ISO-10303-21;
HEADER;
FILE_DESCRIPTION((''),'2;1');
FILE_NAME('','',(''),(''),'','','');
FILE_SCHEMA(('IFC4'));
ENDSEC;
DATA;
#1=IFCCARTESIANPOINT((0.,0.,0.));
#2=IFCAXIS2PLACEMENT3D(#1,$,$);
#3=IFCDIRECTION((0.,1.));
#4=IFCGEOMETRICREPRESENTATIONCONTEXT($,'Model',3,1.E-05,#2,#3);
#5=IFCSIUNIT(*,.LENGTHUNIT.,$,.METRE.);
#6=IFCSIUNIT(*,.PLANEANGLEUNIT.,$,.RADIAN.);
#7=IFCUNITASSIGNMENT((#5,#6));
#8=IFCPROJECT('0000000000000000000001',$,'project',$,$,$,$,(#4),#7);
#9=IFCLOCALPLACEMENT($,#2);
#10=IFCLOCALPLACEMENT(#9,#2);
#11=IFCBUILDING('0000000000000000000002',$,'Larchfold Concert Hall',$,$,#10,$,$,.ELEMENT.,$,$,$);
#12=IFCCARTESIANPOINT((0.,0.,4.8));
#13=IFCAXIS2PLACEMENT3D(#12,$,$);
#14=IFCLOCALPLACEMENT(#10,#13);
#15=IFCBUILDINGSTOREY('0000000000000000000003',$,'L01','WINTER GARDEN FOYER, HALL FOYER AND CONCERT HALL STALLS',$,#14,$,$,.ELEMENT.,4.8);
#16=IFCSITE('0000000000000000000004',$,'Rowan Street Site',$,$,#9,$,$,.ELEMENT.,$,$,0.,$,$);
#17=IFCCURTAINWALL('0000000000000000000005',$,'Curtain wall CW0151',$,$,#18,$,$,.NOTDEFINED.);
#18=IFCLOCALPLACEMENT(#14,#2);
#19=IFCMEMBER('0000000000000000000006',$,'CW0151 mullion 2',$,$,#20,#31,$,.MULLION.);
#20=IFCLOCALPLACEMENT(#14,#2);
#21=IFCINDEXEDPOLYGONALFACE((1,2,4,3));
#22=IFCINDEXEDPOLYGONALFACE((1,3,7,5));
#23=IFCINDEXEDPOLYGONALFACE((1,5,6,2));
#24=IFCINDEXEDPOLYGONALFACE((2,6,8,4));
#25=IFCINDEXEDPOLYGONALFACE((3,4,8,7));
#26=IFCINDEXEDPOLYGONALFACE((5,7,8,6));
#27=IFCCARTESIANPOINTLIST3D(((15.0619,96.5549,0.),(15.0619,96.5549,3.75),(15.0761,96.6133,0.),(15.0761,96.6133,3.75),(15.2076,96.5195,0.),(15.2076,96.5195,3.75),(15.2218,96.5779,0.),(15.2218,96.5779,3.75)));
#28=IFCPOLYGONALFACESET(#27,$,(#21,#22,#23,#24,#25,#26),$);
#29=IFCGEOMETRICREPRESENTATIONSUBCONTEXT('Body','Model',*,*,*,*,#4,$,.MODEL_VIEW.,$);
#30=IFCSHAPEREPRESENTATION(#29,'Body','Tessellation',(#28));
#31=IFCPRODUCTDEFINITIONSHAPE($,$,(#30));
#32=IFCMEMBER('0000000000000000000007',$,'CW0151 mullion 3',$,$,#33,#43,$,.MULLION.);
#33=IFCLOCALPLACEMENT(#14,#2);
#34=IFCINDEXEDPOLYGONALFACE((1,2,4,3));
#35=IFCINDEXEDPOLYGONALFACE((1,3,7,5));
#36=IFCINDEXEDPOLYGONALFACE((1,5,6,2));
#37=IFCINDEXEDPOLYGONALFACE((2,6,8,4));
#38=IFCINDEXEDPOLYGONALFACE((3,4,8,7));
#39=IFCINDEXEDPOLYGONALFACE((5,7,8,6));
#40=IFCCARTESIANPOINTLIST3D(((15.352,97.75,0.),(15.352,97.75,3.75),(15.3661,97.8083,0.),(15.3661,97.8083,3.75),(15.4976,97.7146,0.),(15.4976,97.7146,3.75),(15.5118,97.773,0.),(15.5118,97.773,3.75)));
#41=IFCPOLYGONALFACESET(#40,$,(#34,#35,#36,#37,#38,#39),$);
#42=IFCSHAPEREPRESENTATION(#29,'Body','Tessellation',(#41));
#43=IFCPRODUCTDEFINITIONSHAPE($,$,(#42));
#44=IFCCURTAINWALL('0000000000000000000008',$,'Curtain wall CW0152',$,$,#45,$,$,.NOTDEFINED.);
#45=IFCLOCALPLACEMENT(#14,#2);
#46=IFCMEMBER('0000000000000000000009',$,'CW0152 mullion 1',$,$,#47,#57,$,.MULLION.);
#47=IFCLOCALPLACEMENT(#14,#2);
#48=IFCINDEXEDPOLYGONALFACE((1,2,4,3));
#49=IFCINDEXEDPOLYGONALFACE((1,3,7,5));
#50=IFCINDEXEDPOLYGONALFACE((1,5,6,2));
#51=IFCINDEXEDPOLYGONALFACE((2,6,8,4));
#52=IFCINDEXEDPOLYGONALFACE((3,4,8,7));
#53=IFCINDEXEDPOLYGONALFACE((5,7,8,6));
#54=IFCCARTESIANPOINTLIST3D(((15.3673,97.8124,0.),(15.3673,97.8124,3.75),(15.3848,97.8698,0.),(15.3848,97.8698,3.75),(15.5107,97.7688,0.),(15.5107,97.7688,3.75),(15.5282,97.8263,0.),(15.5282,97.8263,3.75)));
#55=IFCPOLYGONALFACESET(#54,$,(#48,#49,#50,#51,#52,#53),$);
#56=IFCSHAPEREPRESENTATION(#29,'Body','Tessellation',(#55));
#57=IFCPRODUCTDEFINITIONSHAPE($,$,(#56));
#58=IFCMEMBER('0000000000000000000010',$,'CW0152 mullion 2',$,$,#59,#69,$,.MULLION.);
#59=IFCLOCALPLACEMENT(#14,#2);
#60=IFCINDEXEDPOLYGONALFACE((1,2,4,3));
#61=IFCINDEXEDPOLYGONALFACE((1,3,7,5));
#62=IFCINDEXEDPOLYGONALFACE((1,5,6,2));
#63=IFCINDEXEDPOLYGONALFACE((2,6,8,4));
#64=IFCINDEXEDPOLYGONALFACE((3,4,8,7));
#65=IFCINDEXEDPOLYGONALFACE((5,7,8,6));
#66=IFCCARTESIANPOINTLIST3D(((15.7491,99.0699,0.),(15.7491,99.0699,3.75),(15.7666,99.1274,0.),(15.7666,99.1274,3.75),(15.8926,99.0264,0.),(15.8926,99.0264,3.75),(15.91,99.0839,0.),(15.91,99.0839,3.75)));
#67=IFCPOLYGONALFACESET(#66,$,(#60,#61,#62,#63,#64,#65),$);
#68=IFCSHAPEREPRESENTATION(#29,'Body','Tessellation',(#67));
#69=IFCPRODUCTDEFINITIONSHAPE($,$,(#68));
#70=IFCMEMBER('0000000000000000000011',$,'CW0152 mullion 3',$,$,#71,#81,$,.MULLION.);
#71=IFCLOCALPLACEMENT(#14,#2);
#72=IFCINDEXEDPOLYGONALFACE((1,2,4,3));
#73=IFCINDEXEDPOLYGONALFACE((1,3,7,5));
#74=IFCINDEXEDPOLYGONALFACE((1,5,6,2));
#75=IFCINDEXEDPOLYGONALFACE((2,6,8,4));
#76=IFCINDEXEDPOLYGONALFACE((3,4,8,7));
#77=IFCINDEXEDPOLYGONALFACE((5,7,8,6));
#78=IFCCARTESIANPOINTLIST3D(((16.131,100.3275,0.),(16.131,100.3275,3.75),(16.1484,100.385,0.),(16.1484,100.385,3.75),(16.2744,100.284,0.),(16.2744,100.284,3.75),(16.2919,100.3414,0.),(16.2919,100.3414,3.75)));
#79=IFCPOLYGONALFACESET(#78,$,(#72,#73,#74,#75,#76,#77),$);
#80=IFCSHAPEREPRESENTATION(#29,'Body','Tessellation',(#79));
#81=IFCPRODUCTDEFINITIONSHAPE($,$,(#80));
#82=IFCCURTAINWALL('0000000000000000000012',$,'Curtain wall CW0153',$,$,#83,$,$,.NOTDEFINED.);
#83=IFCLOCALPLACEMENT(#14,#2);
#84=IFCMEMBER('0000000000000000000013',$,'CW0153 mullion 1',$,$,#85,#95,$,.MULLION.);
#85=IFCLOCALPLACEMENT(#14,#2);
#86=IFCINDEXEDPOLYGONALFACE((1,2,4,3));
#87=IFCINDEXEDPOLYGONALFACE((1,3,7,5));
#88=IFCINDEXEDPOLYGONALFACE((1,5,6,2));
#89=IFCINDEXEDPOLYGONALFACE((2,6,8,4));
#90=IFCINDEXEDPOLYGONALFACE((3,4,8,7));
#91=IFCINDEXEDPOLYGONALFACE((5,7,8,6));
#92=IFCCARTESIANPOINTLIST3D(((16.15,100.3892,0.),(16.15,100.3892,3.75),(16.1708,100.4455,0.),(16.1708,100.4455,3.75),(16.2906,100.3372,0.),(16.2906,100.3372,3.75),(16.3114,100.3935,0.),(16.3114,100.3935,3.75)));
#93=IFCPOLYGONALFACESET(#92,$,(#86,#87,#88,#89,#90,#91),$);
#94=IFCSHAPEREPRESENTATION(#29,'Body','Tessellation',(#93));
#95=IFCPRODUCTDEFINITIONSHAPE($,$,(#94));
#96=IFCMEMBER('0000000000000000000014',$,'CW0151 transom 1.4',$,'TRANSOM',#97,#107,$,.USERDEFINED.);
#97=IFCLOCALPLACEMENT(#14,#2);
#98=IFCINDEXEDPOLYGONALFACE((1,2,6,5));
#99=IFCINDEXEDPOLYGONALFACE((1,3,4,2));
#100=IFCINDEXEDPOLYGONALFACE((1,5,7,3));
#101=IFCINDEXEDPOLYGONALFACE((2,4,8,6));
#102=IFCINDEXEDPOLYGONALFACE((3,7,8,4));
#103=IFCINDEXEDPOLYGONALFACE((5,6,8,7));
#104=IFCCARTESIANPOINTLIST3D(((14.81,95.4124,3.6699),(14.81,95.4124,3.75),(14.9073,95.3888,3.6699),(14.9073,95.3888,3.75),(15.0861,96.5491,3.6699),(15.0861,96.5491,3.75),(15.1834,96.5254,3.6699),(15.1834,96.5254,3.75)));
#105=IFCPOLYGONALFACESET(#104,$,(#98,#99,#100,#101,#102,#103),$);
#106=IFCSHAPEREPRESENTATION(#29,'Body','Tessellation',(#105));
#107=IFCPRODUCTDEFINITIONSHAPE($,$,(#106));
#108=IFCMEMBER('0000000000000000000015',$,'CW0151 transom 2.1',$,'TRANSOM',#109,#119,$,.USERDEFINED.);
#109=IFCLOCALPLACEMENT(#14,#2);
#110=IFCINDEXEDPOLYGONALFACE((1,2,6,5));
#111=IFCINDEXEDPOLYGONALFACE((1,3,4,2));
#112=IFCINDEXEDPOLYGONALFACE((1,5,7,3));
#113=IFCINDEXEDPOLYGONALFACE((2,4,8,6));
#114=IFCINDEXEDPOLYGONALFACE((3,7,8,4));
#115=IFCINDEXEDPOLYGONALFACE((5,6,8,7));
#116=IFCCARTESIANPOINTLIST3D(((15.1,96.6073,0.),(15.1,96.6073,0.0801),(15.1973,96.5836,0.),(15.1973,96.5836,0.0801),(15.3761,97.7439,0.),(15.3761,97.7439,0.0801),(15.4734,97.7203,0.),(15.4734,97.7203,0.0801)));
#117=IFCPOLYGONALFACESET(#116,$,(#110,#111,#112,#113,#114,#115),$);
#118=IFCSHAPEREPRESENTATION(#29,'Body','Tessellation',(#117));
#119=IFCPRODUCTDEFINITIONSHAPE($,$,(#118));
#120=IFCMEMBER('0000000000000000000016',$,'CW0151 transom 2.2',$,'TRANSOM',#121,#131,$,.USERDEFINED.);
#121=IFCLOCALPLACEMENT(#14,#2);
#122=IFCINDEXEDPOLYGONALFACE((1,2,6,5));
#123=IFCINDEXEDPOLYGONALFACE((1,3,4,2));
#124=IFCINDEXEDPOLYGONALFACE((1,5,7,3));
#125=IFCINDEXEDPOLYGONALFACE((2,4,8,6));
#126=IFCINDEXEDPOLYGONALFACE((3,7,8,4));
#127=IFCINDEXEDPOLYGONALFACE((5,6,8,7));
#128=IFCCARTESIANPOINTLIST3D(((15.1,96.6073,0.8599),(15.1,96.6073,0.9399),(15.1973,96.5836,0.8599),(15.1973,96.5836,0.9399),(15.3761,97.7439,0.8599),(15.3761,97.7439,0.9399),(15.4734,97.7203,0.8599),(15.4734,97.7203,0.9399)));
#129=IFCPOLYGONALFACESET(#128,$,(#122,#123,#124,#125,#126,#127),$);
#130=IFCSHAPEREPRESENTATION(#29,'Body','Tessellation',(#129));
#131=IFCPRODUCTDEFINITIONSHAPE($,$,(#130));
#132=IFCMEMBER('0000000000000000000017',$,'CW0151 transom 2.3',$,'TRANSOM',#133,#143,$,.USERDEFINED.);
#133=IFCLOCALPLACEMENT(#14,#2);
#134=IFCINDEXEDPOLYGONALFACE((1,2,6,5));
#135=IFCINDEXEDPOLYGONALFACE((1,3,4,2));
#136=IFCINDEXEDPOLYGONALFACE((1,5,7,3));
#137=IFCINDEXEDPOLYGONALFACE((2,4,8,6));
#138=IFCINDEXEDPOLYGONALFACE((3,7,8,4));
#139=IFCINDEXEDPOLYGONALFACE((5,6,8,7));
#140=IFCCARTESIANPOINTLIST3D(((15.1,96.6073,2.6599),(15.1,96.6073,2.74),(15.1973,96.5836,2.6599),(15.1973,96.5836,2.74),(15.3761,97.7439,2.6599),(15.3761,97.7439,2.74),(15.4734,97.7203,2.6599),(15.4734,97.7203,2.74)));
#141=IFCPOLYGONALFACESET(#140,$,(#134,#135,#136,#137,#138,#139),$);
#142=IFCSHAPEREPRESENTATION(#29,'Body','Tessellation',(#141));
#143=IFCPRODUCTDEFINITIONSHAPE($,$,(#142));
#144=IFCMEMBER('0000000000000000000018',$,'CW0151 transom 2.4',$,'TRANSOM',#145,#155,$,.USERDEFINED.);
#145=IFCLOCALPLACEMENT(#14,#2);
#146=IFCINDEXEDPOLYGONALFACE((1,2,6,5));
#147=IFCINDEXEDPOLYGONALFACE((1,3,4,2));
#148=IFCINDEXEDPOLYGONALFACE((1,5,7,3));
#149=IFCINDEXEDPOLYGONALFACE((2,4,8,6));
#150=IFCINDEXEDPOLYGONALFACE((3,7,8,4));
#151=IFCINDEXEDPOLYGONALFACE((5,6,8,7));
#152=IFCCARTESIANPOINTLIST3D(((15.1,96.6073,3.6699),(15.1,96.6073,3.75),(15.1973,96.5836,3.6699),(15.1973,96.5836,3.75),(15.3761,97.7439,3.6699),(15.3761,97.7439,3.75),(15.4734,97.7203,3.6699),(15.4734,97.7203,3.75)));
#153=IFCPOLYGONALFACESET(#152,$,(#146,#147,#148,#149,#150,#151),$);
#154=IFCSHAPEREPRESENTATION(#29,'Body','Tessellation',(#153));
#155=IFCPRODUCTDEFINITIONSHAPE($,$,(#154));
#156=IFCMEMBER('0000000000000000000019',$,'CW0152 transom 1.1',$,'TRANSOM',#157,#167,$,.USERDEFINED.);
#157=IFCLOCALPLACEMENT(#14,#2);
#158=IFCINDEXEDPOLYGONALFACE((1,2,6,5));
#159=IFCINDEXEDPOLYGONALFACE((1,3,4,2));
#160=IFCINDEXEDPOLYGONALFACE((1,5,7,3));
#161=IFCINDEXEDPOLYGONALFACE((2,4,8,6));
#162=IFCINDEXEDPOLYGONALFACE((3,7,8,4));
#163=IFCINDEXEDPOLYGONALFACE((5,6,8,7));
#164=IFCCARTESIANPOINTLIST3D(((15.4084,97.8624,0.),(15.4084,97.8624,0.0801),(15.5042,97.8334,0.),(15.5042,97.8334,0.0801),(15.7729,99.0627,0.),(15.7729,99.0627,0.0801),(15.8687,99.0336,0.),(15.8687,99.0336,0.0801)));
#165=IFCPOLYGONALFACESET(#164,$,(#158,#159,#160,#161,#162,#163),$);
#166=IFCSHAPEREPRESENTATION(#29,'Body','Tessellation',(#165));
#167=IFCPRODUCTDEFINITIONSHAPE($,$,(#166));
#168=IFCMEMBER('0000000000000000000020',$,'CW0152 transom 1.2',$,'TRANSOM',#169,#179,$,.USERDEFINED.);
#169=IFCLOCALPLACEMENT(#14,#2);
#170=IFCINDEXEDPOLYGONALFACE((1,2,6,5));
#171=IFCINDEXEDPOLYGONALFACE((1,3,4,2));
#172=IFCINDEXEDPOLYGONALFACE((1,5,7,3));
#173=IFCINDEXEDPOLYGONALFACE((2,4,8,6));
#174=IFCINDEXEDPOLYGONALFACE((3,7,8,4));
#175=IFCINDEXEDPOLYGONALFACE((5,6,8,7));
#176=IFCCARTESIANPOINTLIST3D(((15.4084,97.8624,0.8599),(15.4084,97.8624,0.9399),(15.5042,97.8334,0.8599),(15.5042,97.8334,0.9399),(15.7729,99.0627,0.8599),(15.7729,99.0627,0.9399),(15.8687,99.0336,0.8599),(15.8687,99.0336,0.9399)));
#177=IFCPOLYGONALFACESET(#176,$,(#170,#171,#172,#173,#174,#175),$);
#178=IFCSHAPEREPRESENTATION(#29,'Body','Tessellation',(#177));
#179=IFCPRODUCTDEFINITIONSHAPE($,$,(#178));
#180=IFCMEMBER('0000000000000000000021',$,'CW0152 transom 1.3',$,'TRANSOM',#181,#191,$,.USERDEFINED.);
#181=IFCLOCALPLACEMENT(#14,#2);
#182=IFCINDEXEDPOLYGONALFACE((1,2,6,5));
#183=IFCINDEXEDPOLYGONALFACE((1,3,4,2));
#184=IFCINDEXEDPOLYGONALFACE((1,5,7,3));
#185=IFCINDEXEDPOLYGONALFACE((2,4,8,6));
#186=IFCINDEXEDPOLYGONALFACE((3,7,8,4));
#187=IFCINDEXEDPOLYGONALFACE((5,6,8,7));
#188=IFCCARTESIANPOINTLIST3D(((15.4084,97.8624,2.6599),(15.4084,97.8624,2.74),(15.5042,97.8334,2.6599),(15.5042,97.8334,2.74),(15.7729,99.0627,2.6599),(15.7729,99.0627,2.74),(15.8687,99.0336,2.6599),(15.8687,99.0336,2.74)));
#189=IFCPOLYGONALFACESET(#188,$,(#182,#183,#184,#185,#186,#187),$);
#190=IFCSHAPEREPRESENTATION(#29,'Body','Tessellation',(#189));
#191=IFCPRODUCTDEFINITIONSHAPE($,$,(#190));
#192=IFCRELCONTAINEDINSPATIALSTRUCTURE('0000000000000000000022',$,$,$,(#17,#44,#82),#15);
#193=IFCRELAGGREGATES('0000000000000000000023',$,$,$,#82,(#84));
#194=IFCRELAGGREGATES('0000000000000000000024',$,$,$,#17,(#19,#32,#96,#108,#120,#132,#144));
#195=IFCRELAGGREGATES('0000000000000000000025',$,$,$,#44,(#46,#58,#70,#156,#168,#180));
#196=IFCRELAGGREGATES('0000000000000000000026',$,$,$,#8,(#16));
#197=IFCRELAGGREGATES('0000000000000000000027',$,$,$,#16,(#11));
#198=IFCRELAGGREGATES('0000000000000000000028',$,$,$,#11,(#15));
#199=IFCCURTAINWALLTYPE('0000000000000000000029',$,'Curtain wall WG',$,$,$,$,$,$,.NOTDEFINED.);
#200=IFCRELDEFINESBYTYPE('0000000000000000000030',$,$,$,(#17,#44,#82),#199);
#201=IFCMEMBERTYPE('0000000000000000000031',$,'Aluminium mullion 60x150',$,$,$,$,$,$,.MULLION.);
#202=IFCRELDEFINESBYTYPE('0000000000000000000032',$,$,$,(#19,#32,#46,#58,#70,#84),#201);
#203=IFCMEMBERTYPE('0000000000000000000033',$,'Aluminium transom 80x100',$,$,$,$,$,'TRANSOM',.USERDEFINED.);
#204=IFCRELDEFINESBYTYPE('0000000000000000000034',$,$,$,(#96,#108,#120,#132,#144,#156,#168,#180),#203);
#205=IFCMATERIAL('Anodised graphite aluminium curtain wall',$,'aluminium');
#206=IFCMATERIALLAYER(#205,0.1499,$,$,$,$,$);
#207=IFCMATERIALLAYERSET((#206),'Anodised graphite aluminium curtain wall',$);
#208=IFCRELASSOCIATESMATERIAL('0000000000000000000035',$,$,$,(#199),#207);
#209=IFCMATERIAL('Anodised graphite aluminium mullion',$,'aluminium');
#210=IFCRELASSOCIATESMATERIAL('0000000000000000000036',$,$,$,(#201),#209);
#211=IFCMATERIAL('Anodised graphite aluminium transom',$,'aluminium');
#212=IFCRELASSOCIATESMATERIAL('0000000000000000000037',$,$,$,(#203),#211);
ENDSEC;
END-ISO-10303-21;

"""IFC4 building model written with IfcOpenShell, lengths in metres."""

from ifc_helpers import new_model, si_unit, direction, frame, origin, origin_2d, place, context, subcontext, project, spatial, rectangle, extrude, material, layer, layer_set, material_profile, profile_set, type_object, element, aggregate, save


model = new_model("IFC4")

# Units and contexts
model_context = context("Model", 3, precision=1e-05, world=origin(), true_north=direction((0.0, 1.0)))
body_context = subcontext(model_context, "Body", "Model", "MODEL_VIEW")
ifc_project = project(units=[si_unit("LENGTHUNIT", "METRE"), si_unit("PLANEANGLEUNIT", "RADIAN")], contexts=[model_context])

# Site, building, storey
site_placement = place(None, origin())
site = spatial("IfcSite", under=ifc_project, at=site_placement, Name="Rowan Street Site", CompositionType="ELEMENT", RefElevation=0.0)
building_placement = place(site_placement, origin())
building = spatial("IfcBuilding", under=site, at=building_placement, Name="Larchfold Concert Hall", CompositionType="ELEMENT")
storey_placement = place(building_placement, frame((0.0, 0.0, 4.8)))
storey = spatial("IfcBuildingStorey", under=building, at=storey_placement, Name="L01", Description="WINTER GARDEN FOYER, HALL FOYER AND CONCERT HALL STALLS", CompositionType="ELEMENT", Elevation=4.8)

# Curtain walls, members
ifc_material_1 = material(Name="Anodised graphite aluminium curtain wall", Category="aluminium")
ifc_layer_1 = layer(ifc_material_1, 0.1499)
ifc_layer_set_1 = layer_set([ifc_layer_1], Name="Anodised graphite aluminium curtain wall")
curtain_wall_type = type_object("IfcCurtainWallType", Name="Curtain wall WG", PredefinedType="NOTDEFINED", material=ifc_layer_set_1)
curtain_wall_1_placement = place(storey_placement, origin())
curtain_wall_1 = element("IfcCurtainWall", 1, at=curtain_wall_1_placement, inside=storey, type_object=curtain_wall_type, Name="Curtain wall CW0151", PredefinedType="NOTDEFINED")
ifc_material_2 = material(Name="Anodised graphite aluminium mullion", Category="aluminium")
ifc_material_profile_1 = material_profile(ifc_material_2, rectangle(XDim=0.1499, YDim=0.0601, at=origin_2d()))
ifc_profile_set_1 = profile_set([ifc_material_profile_1], Name="Anodised graphite aluminium mullion")
member_type_1 = type_object("IfcMemberType", Name="Aluminium mullion 60x150", PredefinedType="MULLION", material=ifc_profile_set_1)
member_1_placement = place(storey_placement, frame((15.1418, 96.5664, 0.0), z_axis=(0.0, 0.0, 1.0), x_axis=(-0.971762, 0.235963, 0.0)))
member_1 = element("IfcMember", 2, at=member_1_placement, type_object=member_type_1, Name="CW0151 mullion 2", PredefinedType="MULLION", context=body_context, shape_type="SweptSolid", body=[
    extrude(rectangle(XDim=0.1499, YDim=0.0601, at=origin_2d()), origin(), (0.0, 0.0, 1.0), 3.75),
])
member_2_placement = place(storey_placement, frame((15.4319, 97.7615, 0.0), z_axis=(0.0, 0.0, 1.0), x_axis=(-0.971762, 0.235963, 0.0)))
member_2 = element("IfcMember", 3, at=member_2_placement, type_object=member_type_1, Name="CW0151 mullion 3", PredefinedType="MULLION", context=body_context, shape_type="SweptSolid", body=[
    extrude(rectangle(XDim=0.1499, YDim=0.0601, at=origin_2d()), origin(), (0.0, 0.0, 1.0), 3.75),
])
curtain_wall_2_placement = place(storey_placement, origin())
curtain_wall_2 = element("IfcCurtainWall", 4, at=curtain_wall_2_placement, inside=storey, type_object=curtain_wall_type, Name="Curtain wall CW0152", PredefinedType="NOTDEFINED")
member_3_placement = place(storey_placement, frame((15.4478, 97.8193, 0.0), z_axis=(0.0, 0.0, 1.0), x_axis=(-0.956856, 0.290562, 0.0)))
member_3 = element("IfcMember", 5, at=member_3_placement, type_object=member_type_1, Name="CW0152 mullion 1", PredefinedType="MULLION", context=body_context, shape_type="SweptSolid", body=[
    extrude(rectangle(XDim=0.1499, YDim=0.0601, at=origin_2d()), origin(), (0.0, 0.0, 1.0), 3.75),
])
member_4_placement = place(storey_placement, frame((15.8296, 99.0769, 0.0), z_axis=(0.0, 0.0, 1.0), x_axis=(-0.956856, 0.290562, 0.0)))
member_4 = element("IfcMember", 6, at=member_4_placement, type_object=member_type_1, Name="CW0152 mullion 2", PredefinedType="MULLION", context=body_context, shape_type="SweptSolid", body=[
    extrude(rectangle(XDim=0.1499, YDim=0.0601, at=origin_2d()), origin(), (0.0, 0.0, 1.0), 3.75),
])
member_5_placement = place(storey_placement, frame((16.2114, 100.3345, 0.0), z_axis=(0.0, 0.0, 1.0), x_axis=(-0.956856, 0.290562, 0.0)))
member_5 = element("IfcMember", 7, at=member_5_placement, type_object=member_type_1, Name="CW0152 mullion 3", PredefinedType="MULLION", context=body_context, shape_type="SweptSolid", body=[
    extrude(rectangle(XDim=0.1499, YDim=0.0601, at=origin_2d()), origin(), (0.0, 0.0, 1.0), 3.75),
])

# Curtain wall, member
curtain_wall_3_placement = place(storey_placement, origin())
curtain_wall_3 = element("IfcCurtainWall", 8, at=curtain_wall_3_placement, inside=storey, type_object=curtain_wall_type, Name="Curtain wall CW0153", PredefinedType="NOTDEFINED")
member_6_placement = place(storey_placement, frame((16.2307, 100.3914, 0.0), z_axis=(0.0, 0.0, 1.0), x_axis=(-0.938009, 0.346612, 0.0)))
member_6 = element("IfcMember", 9, at=member_6_placement, type_object=member_type_1, Name="CW0153 mullion 1", PredefinedType="MULLION", context=body_context, shape_type="SweptSolid", body=[
    extrude(rectangle(XDim=0.1499, YDim=0.0601, at=origin_2d()), origin(), (0.0, 0.0, 1.0), 3.75),
])

# Members
ifc_material_3 = material(Name="Anodised graphite aluminium transom", Category="aluminium")
ifc_material_profile_2 = material_profile(ifc_material_3, rectangle(XDim=0.1001, YDim=0.0801, at=origin_2d()))
ifc_profile_set_2 = profile_set([ifc_material_profile_2], Name="Anodised graphite aluminium transom")
member_type_2 = type_object("IfcMemberType", Name="Aluminium transom 80x100", ElementType="TRANSOM", PredefinedType="USERDEFINED", material=ifc_profile_set_2)
member_7_placement = place(storey_placement, frame((14.8586, 95.4006, 3.71), z_axis=(0.236048, 0.971741, 0.0), x_axis=(-0.971741, 0.236048, 0.0)))
member_7 = element("IfcMember", 10, at=member_7_placement, type_object=member_type_2, Name="CW0151 transom 1.4", ObjectType="TRANSOM", PredefinedType="USERDEFINED", context=body_context, shape_type="SweptSolid", body=[
    extrude(rectangle(XDim=0.1001, YDim=0.0801, at=origin_2d()), origin(), (0.0, 0.0, 1.0), 1.1697),
])
member_8_placement = place(storey_placement, frame((15.1487, 96.5955, 0.04), z_axis=(0.236048, 0.971741, 0.0), x_axis=(-0.971741, 0.236048, 0.0)))
member_8 = element("IfcMember", 11, at=member_8_placement, type_object=member_type_2, Name="CW0151 transom 2.1", ObjectType="TRANSOM", PredefinedType="USERDEFINED", context=body_context, shape_type="SweptSolid", body=[
    extrude(rectangle(XDim=0.1001, YDim=0.0801, at=origin_2d()), origin(), (0.0, 0.0, 1.0), 1.1697),
])
member_9_placement = place(storey_placement, frame((15.1487, 96.5955, 0.8999), z_axis=(0.236048, 0.971741, 0.0), x_axis=(-0.971741, 0.236048, 0.0)))
member_9 = element("IfcMember", 12, at=member_9_placement, type_object=member_type_2, Name="CW0151 transom 2.2", ObjectType="TRANSOM", PredefinedType="USERDEFINED", context=body_context, shape_type="SweptSolid", body=[
    extrude(rectangle(XDim=0.1001, YDim=0.0801, at=origin_2d()), origin(), (0.0, 0.0, 1.0), 1.1697),
])
member_10_placement = place(storey_placement, frame((15.1487, 96.5955, 2.7), z_axis=(0.236048, 0.971741, 0.0), x_axis=(-0.971741, 0.236048, 0.0)))
member_10 = element("IfcMember", 13, at=member_10_placement, type_object=member_type_2, Name="CW0151 transom 2.3", ObjectType="TRANSOM", PredefinedType="USERDEFINED", context=body_context, shape_type="SweptSolid", body=[
    extrude(rectangle(XDim=0.1001, YDim=0.0801, at=origin_2d()), origin(), (0.0, 0.0, 1.0), 1.1697),
])
member_11_placement = place(storey_placement, frame((15.1487, 96.5955, 3.71), z_axis=(0.236048, 0.971741, 0.0), x_axis=(-0.971741, 0.236048, 0.0)))
member_11 = element("IfcMember", 14, at=member_11_placement, type_object=member_type_2, Name="CW0151 transom 2.4", ObjectType="TRANSOM", PredefinedType="USERDEFINED", context=body_context, shape_type="SweptSolid", body=[
    extrude(rectangle(XDim=0.1001, YDim=0.0801, at=origin_2d()), origin(), (0.0, 0.0, 1.0), 1.1697),
])
member_12_placement = place(storey_placement, frame((15.4563, 97.8479, 0.04), z_axis=(0.290596, 0.956846, 0.0), x_axis=(-0.956846, 0.290596, 0.0)))
member_12 = element("IfcMember", 15, at=member_12_placement, type_object=member_type_2, Name="CW0152 transom 1.1", ObjectType="TRANSOM", PredefinedType="USERDEFINED", context=body_context, shape_type="SweptSolid", body=[
    extrude(rectangle(XDim=0.1001, YDim=0.0801, at=origin_2d()), origin(), (0.0, 0.0, 1.0), 1.2544),
])
member_13_placement = place(storey_placement, frame((15.4563, 97.8479, 0.8999), z_axis=(0.290596, 0.956846, 0.0), x_axis=(-0.956846, 0.290596, 0.0)))
member_13 = element("IfcMember", 16, at=member_13_placement, type_object=member_type_2, Name="CW0152 transom 1.2", ObjectType="TRANSOM", PredefinedType="USERDEFINED", context=body_context, shape_type="SweptSolid", body=[
    extrude(rectangle(XDim=0.1001, YDim=0.0801, at=origin_2d()), origin(), (0.0, 0.0, 1.0), 1.2544),
])
member_14_placement = place(storey_placement, frame((15.4563, 97.8479, 2.7), z_axis=(0.290596, 0.956846, 0.0), x_axis=(-0.956846, 0.290596, 0.0)))
member_14 = element("IfcMember", 17, at=member_14_placement, type_object=member_type_2, Name="CW0152 transom 1.3", ObjectType="TRANSOM", PredefinedType="USERDEFINED", context=body_context, shape_type="SweptSolid", body=[
    extrude(rectangle(XDim=0.1001, YDim=0.0801, at=origin_2d()), origin(), (0.0, 0.0, 1.0), 1.2544),
])
aggregate(curtain_wall_3, [member_6])

aggregate(curtain_wall_1, [member_1, member_2, member_7, member_8, member_9, member_10, member_11])
aggregate(curtain_wall_2, [member_3, member_4, member_5, member_12, member_13, member_14])

save(model, "model.ifc")
